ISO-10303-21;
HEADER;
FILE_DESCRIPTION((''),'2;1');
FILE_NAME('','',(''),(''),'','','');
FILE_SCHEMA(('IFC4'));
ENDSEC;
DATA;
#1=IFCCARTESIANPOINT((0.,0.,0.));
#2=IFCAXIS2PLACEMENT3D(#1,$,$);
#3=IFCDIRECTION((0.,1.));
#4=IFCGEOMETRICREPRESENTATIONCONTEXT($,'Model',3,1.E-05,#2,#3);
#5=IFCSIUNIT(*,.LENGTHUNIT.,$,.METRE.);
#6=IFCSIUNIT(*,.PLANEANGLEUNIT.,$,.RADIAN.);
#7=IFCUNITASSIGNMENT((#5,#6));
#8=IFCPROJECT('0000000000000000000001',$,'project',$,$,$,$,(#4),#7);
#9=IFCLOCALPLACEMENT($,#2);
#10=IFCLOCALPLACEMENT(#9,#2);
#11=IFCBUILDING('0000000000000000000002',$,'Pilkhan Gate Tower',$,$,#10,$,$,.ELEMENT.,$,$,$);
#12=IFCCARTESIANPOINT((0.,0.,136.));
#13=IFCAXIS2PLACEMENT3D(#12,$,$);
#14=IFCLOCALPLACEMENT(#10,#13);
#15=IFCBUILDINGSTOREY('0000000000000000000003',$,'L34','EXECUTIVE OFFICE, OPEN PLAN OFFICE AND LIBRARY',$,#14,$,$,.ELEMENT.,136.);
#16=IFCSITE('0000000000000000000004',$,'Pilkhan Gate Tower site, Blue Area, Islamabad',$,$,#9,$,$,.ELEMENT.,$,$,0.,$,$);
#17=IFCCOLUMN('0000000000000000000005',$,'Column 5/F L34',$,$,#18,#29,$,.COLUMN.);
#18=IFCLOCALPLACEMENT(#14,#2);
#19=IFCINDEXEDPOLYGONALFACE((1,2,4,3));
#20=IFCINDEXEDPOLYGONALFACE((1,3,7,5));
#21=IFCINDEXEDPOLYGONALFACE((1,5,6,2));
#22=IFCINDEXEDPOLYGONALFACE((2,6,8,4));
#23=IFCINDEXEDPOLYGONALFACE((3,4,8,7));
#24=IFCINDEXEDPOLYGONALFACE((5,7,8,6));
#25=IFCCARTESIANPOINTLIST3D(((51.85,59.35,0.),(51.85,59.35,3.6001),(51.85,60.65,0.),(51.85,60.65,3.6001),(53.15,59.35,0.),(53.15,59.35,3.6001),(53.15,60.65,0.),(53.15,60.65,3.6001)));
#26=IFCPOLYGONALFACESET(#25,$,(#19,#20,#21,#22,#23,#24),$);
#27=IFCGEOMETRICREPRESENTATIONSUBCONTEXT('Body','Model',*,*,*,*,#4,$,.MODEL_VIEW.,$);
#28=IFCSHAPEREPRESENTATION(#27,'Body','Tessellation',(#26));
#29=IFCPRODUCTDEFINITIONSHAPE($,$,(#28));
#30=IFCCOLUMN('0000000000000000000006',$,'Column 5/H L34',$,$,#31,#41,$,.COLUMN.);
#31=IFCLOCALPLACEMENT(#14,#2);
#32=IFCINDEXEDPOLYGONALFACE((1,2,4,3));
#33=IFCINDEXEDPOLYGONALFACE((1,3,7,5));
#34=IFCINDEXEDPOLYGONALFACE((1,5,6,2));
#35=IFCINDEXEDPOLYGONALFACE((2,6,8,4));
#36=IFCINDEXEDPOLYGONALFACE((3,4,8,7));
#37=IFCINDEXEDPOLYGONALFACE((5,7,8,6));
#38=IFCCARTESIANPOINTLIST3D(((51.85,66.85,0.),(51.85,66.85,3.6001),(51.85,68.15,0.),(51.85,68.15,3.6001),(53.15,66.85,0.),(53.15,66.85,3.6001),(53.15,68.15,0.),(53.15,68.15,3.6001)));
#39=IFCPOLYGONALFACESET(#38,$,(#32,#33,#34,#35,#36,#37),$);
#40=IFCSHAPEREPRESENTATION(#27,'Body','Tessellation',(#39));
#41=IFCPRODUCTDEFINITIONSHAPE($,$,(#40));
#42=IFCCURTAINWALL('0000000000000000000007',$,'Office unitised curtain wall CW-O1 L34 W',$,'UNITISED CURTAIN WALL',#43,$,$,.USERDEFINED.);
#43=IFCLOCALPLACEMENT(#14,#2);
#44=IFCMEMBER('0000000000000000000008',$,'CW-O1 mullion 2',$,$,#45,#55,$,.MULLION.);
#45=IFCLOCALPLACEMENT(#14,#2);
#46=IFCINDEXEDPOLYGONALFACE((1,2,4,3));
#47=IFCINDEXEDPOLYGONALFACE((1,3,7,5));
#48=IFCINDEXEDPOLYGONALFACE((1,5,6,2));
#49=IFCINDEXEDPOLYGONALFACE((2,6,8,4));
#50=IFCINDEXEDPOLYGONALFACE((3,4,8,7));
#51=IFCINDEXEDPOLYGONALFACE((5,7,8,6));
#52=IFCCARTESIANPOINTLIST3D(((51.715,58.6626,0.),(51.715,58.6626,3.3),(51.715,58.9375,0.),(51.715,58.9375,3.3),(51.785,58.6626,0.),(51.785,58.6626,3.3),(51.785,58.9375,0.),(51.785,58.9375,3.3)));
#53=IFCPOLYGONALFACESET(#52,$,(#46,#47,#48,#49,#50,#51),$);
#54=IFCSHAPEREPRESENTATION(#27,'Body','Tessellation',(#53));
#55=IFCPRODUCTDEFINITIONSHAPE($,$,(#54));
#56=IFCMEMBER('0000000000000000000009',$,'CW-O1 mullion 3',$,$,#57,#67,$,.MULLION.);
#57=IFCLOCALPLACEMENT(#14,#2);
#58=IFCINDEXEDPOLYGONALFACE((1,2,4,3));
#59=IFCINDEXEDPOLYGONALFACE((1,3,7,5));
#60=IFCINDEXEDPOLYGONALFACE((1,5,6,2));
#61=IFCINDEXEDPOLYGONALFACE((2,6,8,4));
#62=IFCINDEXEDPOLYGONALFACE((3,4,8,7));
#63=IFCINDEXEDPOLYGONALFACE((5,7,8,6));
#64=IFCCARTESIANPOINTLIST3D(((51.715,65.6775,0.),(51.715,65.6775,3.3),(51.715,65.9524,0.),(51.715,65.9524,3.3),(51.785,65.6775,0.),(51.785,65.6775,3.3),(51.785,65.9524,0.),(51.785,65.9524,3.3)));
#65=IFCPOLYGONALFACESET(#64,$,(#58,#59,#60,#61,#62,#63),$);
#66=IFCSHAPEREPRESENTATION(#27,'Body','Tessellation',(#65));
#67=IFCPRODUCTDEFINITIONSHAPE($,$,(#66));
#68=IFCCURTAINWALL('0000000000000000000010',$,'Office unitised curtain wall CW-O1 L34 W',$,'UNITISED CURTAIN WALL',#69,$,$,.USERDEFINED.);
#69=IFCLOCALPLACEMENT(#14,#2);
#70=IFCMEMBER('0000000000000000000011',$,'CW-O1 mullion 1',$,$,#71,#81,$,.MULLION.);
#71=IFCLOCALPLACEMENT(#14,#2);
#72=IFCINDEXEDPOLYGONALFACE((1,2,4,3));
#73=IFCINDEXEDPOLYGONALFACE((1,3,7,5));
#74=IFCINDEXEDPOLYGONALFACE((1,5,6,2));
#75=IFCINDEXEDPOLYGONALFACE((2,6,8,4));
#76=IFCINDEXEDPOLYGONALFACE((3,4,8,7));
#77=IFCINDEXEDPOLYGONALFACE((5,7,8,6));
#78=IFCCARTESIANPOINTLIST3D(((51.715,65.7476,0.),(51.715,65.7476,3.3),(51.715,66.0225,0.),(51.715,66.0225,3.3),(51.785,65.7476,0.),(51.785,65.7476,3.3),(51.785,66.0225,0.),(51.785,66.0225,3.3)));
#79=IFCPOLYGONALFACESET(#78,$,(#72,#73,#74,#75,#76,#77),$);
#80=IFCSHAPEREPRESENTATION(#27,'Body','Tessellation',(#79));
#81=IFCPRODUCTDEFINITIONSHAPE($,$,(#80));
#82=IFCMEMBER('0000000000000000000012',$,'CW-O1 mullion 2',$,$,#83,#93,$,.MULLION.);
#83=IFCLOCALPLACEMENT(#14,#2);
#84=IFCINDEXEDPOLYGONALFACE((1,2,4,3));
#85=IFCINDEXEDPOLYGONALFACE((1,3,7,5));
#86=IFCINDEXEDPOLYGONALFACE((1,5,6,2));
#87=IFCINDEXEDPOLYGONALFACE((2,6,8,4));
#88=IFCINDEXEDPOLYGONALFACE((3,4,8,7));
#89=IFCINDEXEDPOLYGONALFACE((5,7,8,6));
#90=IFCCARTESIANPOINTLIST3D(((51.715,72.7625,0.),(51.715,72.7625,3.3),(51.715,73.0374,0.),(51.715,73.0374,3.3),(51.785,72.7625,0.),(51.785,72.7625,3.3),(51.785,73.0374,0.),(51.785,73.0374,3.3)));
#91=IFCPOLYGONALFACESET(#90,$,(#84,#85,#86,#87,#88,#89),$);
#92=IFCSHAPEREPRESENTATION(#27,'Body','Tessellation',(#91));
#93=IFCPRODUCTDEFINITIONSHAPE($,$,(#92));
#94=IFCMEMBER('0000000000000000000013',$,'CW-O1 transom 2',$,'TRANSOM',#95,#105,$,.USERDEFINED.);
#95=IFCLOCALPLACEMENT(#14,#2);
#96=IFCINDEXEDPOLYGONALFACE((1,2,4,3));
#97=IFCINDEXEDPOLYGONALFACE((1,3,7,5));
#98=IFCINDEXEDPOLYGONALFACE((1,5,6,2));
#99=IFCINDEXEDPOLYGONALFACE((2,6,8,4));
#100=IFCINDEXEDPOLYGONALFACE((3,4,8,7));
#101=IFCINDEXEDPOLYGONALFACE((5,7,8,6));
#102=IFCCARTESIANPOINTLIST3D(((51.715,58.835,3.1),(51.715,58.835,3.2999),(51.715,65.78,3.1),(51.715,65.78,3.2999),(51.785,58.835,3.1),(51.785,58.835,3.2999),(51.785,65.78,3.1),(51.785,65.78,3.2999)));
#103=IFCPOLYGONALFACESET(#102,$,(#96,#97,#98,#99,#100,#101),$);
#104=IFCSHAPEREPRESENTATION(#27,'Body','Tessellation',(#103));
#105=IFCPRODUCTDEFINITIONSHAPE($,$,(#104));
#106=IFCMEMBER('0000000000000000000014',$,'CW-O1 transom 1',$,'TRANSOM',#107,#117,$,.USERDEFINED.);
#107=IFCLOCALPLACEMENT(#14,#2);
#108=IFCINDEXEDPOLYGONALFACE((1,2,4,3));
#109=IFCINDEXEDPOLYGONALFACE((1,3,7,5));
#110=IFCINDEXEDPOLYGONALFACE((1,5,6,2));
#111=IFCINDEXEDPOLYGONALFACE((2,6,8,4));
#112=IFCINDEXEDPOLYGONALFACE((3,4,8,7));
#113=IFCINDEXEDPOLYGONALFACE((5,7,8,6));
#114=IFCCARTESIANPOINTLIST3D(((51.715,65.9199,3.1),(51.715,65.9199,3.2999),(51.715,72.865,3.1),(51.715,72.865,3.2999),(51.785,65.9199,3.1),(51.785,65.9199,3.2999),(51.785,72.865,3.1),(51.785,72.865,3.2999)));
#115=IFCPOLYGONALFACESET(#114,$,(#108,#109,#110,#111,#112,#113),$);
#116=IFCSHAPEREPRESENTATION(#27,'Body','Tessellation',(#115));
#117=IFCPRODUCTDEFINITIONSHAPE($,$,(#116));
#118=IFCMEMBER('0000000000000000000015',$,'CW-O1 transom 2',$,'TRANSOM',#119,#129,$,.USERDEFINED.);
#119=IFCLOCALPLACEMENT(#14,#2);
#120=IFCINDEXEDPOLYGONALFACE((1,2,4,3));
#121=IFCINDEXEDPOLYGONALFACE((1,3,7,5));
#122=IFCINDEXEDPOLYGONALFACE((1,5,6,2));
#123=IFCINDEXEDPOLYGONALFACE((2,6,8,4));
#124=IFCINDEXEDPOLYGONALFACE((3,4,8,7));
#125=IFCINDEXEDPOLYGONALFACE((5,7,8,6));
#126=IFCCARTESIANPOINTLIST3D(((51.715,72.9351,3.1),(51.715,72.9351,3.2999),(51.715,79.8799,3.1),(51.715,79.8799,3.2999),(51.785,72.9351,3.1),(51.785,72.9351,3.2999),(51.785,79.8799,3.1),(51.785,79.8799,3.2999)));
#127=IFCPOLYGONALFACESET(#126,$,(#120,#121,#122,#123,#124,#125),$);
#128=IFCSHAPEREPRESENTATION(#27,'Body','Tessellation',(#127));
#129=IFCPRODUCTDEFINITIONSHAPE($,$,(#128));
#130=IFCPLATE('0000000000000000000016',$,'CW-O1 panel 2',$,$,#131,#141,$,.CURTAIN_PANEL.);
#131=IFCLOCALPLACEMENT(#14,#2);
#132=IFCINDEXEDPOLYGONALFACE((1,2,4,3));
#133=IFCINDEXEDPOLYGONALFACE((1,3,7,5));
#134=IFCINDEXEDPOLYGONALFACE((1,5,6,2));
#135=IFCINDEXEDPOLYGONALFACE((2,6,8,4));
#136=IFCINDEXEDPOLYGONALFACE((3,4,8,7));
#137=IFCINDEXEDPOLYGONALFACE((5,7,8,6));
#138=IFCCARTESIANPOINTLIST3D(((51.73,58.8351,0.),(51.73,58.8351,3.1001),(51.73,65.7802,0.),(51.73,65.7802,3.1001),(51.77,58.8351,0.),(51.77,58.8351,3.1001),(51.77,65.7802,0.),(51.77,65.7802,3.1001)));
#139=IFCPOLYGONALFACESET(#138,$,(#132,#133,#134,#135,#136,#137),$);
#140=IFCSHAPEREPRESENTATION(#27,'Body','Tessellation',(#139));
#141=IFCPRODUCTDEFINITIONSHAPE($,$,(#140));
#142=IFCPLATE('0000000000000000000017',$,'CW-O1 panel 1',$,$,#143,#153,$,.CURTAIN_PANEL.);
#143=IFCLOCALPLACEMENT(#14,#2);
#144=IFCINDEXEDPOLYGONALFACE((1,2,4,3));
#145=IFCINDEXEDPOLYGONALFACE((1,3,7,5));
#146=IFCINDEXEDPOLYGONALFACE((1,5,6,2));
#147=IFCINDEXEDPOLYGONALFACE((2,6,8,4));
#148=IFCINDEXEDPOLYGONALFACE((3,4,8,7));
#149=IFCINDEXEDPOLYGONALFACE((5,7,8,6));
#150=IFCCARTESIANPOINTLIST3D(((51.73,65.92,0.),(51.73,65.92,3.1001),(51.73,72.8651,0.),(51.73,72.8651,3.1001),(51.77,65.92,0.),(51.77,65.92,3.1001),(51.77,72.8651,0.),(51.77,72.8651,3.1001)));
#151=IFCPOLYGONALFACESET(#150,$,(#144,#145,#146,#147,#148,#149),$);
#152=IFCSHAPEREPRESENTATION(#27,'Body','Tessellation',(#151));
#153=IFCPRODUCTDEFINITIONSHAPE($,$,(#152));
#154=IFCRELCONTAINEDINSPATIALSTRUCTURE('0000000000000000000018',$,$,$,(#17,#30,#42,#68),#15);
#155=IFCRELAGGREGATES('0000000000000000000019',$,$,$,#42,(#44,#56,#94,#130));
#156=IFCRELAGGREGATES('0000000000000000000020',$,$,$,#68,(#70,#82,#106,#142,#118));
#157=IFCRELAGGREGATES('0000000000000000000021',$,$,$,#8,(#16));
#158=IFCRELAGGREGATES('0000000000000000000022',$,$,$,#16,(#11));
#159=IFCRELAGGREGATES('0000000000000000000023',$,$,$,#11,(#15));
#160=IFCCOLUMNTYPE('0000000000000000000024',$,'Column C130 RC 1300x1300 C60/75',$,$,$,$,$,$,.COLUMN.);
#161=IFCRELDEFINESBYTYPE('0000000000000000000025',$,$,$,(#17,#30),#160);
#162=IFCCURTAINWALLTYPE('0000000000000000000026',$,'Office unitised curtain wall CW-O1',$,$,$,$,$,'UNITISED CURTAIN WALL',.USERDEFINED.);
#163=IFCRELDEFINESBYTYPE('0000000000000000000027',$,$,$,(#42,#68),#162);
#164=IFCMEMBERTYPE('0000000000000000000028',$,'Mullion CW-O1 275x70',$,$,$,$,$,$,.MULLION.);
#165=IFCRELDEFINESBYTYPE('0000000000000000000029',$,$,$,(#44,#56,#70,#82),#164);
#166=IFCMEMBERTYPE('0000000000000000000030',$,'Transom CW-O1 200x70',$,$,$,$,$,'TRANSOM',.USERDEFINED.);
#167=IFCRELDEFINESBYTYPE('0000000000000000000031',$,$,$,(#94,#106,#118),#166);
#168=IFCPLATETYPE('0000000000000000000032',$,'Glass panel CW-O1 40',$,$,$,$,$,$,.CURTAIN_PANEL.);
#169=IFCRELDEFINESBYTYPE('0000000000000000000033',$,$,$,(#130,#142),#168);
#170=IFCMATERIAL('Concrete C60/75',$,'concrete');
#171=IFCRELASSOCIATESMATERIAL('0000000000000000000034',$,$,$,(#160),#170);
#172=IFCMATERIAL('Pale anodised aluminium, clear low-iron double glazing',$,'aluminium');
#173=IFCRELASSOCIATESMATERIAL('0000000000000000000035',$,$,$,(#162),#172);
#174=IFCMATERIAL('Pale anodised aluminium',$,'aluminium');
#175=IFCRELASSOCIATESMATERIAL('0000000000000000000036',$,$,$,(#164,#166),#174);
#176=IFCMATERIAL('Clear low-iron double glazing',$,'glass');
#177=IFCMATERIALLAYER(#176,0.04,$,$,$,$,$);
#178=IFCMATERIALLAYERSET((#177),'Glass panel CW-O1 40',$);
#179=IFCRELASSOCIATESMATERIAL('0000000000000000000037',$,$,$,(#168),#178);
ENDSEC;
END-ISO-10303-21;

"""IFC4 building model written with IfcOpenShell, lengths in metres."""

from ifc_helpers import new_model, si_unit, direction, frame, origin, origin_2d, place, context, subcontext, project, spatial, rectangle, extrude, material, layer, layer_set, material_profile, profile_set, type_object, element, aggregate, save


model = new_model("IFC4")

# Units and contexts
model_context = context("Model", 3, precision=1e-05, world=origin(), true_north=direction((0.0, 1.0)))
body_context = subcontext(model_context, "Body", "Model", "MODEL_VIEW")
ifc_project = project(units=[si_unit("LENGTHUNIT", "METRE"), si_unit("PLANEANGLEUNIT", "RADIAN")], contexts=[model_context])

# Site, building, storey
site_placement = place(None, origin())
site = spatial("IfcSite", under=ifc_project, at=site_placement, Name="Pilkhan Gate Tower site, Blue Area, Islamabad", CompositionType="ELEMENT", RefElevation=0.0)
building_placement = place(site_placement, origin())
building = spatial("IfcBuilding", under=site, at=building_placement, Name="Pilkhan Gate Tower", CompositionType="ELEMENT")
storey_placement = place(building_placement, frame((0.0, 0.0, 136.0)))
storey = spatial("IfcBuildingStorey", under=building, at=storey_placement, Name="L34", Description="EXECUTIVE OFFICE, OPEN PLAN OFFICE AND LIBRARY", CompositionType="ELEMENT", Elevation=136.0)

# Columns
ifc_material_1 = material(Name="Concrete C60/75", Category="concrete")
ifc_material_profile_1 = material_profile(ifc_material_1, rectangle(XDim=1.3, YDim=1.3, at=origin_2d()), Name="RC 1300x1300")
ifc_profile_set_1 = profile_set([ifc_material_profile_1], Name="Concrete C60/75")
column_type = type_object("IfcColumnType", Name="Column C130 RC 1300x1300 C60/75", PredefinedType="COLUMN", material=ifc_profile_set_1)
for number, where, z_axis, x_axis, name in (
    (1, (52.5, 60.0, 0.0), (0.0, 0.0, 1.0), (1.0, 0.0, 0.0), "Column 5/F L34"),
    (2, (52.5, 67.5, 0.0), (0.0, 0.0, 1.0), (1.0, 0.0, 0.0), "Column 5/H L34"),
):
    element("IfcColumn", number, at=place(storey_placement, frame(where, z_axis=z_axis, x_axis=x_axis)), inside=storey, type_object=column_type, Name=name, PredefinedType="COLUMN", context=body_context, shape_type="SweptSolid", body=[
        extrude(rectangle(XDim=1.3, YDim=1.3, at=origin_2d()), origin(), (0.0, 0.0, 1.0), 3.6001),
    ])

# Curtain walls, members
ifc_material_2 = material(Name="Pale anodised aluminium, clear low-iron double glazing", Category="aluminium")
curtain_wall_type = type_object("IfcCurtainWallType", Name="Office unitised curtain wall CW-O1", ElementType="UNITISED CURTAIN WALL", PredefinedType="USERDEFINED", material=ifc_material_2)
curtain_wall_1_placement = place(storey_placement, origin())
curtain_wall_1 = element("IfcCurtainWall", 3, at=curtain_wall_1_placement, inside=storey, type_object=curtain_wall_type, Name="Office unitised curtain wall CW-O1 L34 W", ObjectType="UNITISED CURTAIN WALL", PredefinedType="USERDEFINED")
ifc_material_3 = material(Name="Pale anodised aluminium", Category="aluminium")
ifc_material_profile_2 = material_profile(ifc_material_3, rectangle(XDim=0.0701, YDim=0.2749, at=origin_2d()), Name="Mullion 275x70")
ifc_profile_set_2 = profile_set([ifc_material_profile_2], Name="Pale anodised aluminium")
member_type_1 = type_object("IfcMemberType", Name="Mullion CW-O1 275x70", PredefinedType="MULLION", material=ifc_profile_set_2)
member_1_placement = place(storey_placement, frame((51.75, 58.8, 0.0), z_axis=(0.0, 0.0, 1.0), x_axis=(-1.0, 0.0, 0.0)))
member_1 = element("IfcMember", 4, at=member_1_placement, type_object=member_type_1, Name="CW-O1 mullion 2", PredefinedType="MULLION", context=body_context, shape_type="SweptSolid", body=[
    extrude(rectangle(XDim=0.0701, YDim=0.2749, at=origin_2d()), origin(), (0.0, 0.0, 1.0), 3.3),
])
member_2_placement = place(storey_placement, frame((51.75, 65.8149, 0.0), z_axis=(0.0, 0.0, 1.0), x_axis=(-1.0, 0.0, 0.0)))
member_2 = element("IfcMember", 5, at=member_2_placement, type_object=member_type_1, Name="CW-O1 mullion 3", PredefinedType="MULLION", context=body_context, shape_type="SweptSolid", body=[
    extrude(rectangle(XDim=0.0701, YDim=0.2749, at=origin_2d()), origin(), (0.0, 0.0, 1.0), 3.3),
])
curtain_wall_2_placement = place(storey_placement, origin())
curtain_wall_2 = element("IfcCurtainWall", 6, at=curtain_wall_2_placement, inside=storey, type_object=curtain_wall_type, Name="Office unitised curtain wall CW-O1 L34 W", ObjectType="UNITISED CURTAIN WALL", PredefinedType="USERDEFINED")
member_3_placement = place(storey_placement, frame((51.75, 65.885, 0.0), z_axis=(0.0, 0.0, 1.0), x_axis=(-1.0, 0.0, 0.0)))
member_3 = element("IfcMember", 7, at=member_3_placement, type_object=member_type_1, Name="CW-O1 mullion 1", PredefinedType="MULLION", context=body_context, shape_type="SweptSolid", body=[
    extrude(rectangle(XDim=0.0701, YDim=0.2749, at=origin_2d()), origin(), (0.0, 0.0, 1.0), 3.3),
])
member_4_placement = place(storey_placement, frame((51.75, 72.8999, 0.0), z_axis=(0.0, 0.0, 1.0), x_axis=(-1.0, 0.0, 0.0)))
member_4 = element("IfcMember", 8, at=member_4_placement, type_object=member_type_1, Name="CW-O1 mullion 2", PredefinedType="MULLION", context=body_context, shape_type="SweptSolid", body=[
    extrude(rectangle(XDim=0.0701, YDim=0.2749, at=origin_2d()), origin(), (0.0, 0.0, 1.0), 3.3),
])

# Members
ifc_material_profile_3 = material_profile(ifc_material_3, rectangle(XDim=0.0701, YDim=0.2, at=origin_2d()), Name="Transom 200x70")
ifc_profile_set_3 = profile_set([ifc_material_profile_3], Name="Pale anodised aluminium")
member_type_2 = type_object("IfcMemberType", Name="Transom CW-O1 200x70", ElementType="TRANSOM", PredefinedType="USERDEFINED", material=ifc_profile_set_3)
member_5_placement = place(storey_placement, frame((51.75, 58.835, 3.2), z_axis=(0.0, 1.0, 0.0), x_axis=(-1.0, 0.0, 0.0)))
member_5 = element("IfcMember", 9, at=member_5_placement, type_object=member_type_2, Name="CW-O1 transom 2", ObjectType="TRANSOM", PredefinedType="USERDEFINED", context=body_context, shape_type="SweptSolid", body=[
    extrude(rectangle(XDim=0.0701, YDim=0.2, at=origin_2d()), origin(), (0.0, 0.0, 1.0), 6.9451),
])
member_6_placement = place(storey_placement, frame((51.75, 65.9199, 3.2), z_axis=(0.0, 1.0, 0.0), x_axis=(-1.0, 0.0, 0.0)))
member_6 = element("IfcMember", 10, at=member_6_placement, type_object=member_type_2, Name="CW-O1 transom 1", ObjectType="TRANSOM", PredefinedType="USERDEFINED", context=body_context, shape_type="SweptSolid", body=[
    extrude(rectangle(XDim=0.0701, YDim=0.2, at=origin_2d()), origin(), (0.0, 0.0, 1.0), 6.9451),
])
member_7_placement = place(storey_placement, frame((51.75, 72.9351, 3.2), z_axis=(0.0, 1.0, 0.0), x_axis=(-1.0, 0.0, 0.0)))
member_7 = element("IfcMember", 11, at=member_7_placement, type_object=member_type_2, Name="CW-O1 transom 2", ObjectType="TRANSOM", PredefinedType="USERDEFINED", context=body_context, shape_type="SweptSolid", body=[
    extrude(rectangle(XDim=0.0701, YDim=0.2, at=origin_2d()), origin(), (0.0, 0.0, 1.0), 6.9448),
])

# Plates
ifc_material_4 = material(Name="Clear low-iron double glazing", Category="glass")
ifc_layer_1 = layer(ifc_material_4, 0.04)
ifc_layer_set_1 = layer_set([ifc_layer_1], Name="Glass panel CW-O1 40")
plate_type = type_object("IfcPlateType", Name="Glass panel CW-O1 40", PredefinedType="CURTAIN_PANEL", material=ifc_layer_set_1)
plate_1_placement = place(storey_placement, frame((51.75, 62.3076, 0.0), z_axis=(0.0, 0.0, 1.0), x_axis=(0.0, 1.0, 0.0)))
plate_1 = element("IfcPlate", 12, at=plate_1_placement, type_object=plate_type, Name="CW-O1 panel 2", PredefinedType="CURTAIN_PANEL", context=body_context, shape_type="SweptSolid", body=[
    extrude(rectangle(XDim=6.9451, YDim=0.04, at=origin_2d()), origin(), (0.0, 0.0, 1.0), 3.1001),
])
aggregate(curtain_wall_1, [member_1, member_2, member_5, plate_1])
plate_2_placement = place(storey_placement, frame((51.75, 69.3926, 0.0), z_axis=(0.0, 0.0, 1.0), x_axis=(0.0, 1.0, 0.0)))
plate_2 = element("IfcPlate", 13, at=plate_2_placement, type_object=plate_type, Name="CW-O1 panel 1", PredefinedType="CURTAIN_PANEL", context=body_context, shape_type="SweptSolid", body=[
    extrude(rectangle(XDim=6.9451, YDim=0.04, at=origin_2d()), origin(), (0.0, 0.0, 1.0), 3.1001),
])
aggregate(curtain_wall_2, [member_3, member_4, member_6, plate_2, member_7])

save(model, "model.ifc")
